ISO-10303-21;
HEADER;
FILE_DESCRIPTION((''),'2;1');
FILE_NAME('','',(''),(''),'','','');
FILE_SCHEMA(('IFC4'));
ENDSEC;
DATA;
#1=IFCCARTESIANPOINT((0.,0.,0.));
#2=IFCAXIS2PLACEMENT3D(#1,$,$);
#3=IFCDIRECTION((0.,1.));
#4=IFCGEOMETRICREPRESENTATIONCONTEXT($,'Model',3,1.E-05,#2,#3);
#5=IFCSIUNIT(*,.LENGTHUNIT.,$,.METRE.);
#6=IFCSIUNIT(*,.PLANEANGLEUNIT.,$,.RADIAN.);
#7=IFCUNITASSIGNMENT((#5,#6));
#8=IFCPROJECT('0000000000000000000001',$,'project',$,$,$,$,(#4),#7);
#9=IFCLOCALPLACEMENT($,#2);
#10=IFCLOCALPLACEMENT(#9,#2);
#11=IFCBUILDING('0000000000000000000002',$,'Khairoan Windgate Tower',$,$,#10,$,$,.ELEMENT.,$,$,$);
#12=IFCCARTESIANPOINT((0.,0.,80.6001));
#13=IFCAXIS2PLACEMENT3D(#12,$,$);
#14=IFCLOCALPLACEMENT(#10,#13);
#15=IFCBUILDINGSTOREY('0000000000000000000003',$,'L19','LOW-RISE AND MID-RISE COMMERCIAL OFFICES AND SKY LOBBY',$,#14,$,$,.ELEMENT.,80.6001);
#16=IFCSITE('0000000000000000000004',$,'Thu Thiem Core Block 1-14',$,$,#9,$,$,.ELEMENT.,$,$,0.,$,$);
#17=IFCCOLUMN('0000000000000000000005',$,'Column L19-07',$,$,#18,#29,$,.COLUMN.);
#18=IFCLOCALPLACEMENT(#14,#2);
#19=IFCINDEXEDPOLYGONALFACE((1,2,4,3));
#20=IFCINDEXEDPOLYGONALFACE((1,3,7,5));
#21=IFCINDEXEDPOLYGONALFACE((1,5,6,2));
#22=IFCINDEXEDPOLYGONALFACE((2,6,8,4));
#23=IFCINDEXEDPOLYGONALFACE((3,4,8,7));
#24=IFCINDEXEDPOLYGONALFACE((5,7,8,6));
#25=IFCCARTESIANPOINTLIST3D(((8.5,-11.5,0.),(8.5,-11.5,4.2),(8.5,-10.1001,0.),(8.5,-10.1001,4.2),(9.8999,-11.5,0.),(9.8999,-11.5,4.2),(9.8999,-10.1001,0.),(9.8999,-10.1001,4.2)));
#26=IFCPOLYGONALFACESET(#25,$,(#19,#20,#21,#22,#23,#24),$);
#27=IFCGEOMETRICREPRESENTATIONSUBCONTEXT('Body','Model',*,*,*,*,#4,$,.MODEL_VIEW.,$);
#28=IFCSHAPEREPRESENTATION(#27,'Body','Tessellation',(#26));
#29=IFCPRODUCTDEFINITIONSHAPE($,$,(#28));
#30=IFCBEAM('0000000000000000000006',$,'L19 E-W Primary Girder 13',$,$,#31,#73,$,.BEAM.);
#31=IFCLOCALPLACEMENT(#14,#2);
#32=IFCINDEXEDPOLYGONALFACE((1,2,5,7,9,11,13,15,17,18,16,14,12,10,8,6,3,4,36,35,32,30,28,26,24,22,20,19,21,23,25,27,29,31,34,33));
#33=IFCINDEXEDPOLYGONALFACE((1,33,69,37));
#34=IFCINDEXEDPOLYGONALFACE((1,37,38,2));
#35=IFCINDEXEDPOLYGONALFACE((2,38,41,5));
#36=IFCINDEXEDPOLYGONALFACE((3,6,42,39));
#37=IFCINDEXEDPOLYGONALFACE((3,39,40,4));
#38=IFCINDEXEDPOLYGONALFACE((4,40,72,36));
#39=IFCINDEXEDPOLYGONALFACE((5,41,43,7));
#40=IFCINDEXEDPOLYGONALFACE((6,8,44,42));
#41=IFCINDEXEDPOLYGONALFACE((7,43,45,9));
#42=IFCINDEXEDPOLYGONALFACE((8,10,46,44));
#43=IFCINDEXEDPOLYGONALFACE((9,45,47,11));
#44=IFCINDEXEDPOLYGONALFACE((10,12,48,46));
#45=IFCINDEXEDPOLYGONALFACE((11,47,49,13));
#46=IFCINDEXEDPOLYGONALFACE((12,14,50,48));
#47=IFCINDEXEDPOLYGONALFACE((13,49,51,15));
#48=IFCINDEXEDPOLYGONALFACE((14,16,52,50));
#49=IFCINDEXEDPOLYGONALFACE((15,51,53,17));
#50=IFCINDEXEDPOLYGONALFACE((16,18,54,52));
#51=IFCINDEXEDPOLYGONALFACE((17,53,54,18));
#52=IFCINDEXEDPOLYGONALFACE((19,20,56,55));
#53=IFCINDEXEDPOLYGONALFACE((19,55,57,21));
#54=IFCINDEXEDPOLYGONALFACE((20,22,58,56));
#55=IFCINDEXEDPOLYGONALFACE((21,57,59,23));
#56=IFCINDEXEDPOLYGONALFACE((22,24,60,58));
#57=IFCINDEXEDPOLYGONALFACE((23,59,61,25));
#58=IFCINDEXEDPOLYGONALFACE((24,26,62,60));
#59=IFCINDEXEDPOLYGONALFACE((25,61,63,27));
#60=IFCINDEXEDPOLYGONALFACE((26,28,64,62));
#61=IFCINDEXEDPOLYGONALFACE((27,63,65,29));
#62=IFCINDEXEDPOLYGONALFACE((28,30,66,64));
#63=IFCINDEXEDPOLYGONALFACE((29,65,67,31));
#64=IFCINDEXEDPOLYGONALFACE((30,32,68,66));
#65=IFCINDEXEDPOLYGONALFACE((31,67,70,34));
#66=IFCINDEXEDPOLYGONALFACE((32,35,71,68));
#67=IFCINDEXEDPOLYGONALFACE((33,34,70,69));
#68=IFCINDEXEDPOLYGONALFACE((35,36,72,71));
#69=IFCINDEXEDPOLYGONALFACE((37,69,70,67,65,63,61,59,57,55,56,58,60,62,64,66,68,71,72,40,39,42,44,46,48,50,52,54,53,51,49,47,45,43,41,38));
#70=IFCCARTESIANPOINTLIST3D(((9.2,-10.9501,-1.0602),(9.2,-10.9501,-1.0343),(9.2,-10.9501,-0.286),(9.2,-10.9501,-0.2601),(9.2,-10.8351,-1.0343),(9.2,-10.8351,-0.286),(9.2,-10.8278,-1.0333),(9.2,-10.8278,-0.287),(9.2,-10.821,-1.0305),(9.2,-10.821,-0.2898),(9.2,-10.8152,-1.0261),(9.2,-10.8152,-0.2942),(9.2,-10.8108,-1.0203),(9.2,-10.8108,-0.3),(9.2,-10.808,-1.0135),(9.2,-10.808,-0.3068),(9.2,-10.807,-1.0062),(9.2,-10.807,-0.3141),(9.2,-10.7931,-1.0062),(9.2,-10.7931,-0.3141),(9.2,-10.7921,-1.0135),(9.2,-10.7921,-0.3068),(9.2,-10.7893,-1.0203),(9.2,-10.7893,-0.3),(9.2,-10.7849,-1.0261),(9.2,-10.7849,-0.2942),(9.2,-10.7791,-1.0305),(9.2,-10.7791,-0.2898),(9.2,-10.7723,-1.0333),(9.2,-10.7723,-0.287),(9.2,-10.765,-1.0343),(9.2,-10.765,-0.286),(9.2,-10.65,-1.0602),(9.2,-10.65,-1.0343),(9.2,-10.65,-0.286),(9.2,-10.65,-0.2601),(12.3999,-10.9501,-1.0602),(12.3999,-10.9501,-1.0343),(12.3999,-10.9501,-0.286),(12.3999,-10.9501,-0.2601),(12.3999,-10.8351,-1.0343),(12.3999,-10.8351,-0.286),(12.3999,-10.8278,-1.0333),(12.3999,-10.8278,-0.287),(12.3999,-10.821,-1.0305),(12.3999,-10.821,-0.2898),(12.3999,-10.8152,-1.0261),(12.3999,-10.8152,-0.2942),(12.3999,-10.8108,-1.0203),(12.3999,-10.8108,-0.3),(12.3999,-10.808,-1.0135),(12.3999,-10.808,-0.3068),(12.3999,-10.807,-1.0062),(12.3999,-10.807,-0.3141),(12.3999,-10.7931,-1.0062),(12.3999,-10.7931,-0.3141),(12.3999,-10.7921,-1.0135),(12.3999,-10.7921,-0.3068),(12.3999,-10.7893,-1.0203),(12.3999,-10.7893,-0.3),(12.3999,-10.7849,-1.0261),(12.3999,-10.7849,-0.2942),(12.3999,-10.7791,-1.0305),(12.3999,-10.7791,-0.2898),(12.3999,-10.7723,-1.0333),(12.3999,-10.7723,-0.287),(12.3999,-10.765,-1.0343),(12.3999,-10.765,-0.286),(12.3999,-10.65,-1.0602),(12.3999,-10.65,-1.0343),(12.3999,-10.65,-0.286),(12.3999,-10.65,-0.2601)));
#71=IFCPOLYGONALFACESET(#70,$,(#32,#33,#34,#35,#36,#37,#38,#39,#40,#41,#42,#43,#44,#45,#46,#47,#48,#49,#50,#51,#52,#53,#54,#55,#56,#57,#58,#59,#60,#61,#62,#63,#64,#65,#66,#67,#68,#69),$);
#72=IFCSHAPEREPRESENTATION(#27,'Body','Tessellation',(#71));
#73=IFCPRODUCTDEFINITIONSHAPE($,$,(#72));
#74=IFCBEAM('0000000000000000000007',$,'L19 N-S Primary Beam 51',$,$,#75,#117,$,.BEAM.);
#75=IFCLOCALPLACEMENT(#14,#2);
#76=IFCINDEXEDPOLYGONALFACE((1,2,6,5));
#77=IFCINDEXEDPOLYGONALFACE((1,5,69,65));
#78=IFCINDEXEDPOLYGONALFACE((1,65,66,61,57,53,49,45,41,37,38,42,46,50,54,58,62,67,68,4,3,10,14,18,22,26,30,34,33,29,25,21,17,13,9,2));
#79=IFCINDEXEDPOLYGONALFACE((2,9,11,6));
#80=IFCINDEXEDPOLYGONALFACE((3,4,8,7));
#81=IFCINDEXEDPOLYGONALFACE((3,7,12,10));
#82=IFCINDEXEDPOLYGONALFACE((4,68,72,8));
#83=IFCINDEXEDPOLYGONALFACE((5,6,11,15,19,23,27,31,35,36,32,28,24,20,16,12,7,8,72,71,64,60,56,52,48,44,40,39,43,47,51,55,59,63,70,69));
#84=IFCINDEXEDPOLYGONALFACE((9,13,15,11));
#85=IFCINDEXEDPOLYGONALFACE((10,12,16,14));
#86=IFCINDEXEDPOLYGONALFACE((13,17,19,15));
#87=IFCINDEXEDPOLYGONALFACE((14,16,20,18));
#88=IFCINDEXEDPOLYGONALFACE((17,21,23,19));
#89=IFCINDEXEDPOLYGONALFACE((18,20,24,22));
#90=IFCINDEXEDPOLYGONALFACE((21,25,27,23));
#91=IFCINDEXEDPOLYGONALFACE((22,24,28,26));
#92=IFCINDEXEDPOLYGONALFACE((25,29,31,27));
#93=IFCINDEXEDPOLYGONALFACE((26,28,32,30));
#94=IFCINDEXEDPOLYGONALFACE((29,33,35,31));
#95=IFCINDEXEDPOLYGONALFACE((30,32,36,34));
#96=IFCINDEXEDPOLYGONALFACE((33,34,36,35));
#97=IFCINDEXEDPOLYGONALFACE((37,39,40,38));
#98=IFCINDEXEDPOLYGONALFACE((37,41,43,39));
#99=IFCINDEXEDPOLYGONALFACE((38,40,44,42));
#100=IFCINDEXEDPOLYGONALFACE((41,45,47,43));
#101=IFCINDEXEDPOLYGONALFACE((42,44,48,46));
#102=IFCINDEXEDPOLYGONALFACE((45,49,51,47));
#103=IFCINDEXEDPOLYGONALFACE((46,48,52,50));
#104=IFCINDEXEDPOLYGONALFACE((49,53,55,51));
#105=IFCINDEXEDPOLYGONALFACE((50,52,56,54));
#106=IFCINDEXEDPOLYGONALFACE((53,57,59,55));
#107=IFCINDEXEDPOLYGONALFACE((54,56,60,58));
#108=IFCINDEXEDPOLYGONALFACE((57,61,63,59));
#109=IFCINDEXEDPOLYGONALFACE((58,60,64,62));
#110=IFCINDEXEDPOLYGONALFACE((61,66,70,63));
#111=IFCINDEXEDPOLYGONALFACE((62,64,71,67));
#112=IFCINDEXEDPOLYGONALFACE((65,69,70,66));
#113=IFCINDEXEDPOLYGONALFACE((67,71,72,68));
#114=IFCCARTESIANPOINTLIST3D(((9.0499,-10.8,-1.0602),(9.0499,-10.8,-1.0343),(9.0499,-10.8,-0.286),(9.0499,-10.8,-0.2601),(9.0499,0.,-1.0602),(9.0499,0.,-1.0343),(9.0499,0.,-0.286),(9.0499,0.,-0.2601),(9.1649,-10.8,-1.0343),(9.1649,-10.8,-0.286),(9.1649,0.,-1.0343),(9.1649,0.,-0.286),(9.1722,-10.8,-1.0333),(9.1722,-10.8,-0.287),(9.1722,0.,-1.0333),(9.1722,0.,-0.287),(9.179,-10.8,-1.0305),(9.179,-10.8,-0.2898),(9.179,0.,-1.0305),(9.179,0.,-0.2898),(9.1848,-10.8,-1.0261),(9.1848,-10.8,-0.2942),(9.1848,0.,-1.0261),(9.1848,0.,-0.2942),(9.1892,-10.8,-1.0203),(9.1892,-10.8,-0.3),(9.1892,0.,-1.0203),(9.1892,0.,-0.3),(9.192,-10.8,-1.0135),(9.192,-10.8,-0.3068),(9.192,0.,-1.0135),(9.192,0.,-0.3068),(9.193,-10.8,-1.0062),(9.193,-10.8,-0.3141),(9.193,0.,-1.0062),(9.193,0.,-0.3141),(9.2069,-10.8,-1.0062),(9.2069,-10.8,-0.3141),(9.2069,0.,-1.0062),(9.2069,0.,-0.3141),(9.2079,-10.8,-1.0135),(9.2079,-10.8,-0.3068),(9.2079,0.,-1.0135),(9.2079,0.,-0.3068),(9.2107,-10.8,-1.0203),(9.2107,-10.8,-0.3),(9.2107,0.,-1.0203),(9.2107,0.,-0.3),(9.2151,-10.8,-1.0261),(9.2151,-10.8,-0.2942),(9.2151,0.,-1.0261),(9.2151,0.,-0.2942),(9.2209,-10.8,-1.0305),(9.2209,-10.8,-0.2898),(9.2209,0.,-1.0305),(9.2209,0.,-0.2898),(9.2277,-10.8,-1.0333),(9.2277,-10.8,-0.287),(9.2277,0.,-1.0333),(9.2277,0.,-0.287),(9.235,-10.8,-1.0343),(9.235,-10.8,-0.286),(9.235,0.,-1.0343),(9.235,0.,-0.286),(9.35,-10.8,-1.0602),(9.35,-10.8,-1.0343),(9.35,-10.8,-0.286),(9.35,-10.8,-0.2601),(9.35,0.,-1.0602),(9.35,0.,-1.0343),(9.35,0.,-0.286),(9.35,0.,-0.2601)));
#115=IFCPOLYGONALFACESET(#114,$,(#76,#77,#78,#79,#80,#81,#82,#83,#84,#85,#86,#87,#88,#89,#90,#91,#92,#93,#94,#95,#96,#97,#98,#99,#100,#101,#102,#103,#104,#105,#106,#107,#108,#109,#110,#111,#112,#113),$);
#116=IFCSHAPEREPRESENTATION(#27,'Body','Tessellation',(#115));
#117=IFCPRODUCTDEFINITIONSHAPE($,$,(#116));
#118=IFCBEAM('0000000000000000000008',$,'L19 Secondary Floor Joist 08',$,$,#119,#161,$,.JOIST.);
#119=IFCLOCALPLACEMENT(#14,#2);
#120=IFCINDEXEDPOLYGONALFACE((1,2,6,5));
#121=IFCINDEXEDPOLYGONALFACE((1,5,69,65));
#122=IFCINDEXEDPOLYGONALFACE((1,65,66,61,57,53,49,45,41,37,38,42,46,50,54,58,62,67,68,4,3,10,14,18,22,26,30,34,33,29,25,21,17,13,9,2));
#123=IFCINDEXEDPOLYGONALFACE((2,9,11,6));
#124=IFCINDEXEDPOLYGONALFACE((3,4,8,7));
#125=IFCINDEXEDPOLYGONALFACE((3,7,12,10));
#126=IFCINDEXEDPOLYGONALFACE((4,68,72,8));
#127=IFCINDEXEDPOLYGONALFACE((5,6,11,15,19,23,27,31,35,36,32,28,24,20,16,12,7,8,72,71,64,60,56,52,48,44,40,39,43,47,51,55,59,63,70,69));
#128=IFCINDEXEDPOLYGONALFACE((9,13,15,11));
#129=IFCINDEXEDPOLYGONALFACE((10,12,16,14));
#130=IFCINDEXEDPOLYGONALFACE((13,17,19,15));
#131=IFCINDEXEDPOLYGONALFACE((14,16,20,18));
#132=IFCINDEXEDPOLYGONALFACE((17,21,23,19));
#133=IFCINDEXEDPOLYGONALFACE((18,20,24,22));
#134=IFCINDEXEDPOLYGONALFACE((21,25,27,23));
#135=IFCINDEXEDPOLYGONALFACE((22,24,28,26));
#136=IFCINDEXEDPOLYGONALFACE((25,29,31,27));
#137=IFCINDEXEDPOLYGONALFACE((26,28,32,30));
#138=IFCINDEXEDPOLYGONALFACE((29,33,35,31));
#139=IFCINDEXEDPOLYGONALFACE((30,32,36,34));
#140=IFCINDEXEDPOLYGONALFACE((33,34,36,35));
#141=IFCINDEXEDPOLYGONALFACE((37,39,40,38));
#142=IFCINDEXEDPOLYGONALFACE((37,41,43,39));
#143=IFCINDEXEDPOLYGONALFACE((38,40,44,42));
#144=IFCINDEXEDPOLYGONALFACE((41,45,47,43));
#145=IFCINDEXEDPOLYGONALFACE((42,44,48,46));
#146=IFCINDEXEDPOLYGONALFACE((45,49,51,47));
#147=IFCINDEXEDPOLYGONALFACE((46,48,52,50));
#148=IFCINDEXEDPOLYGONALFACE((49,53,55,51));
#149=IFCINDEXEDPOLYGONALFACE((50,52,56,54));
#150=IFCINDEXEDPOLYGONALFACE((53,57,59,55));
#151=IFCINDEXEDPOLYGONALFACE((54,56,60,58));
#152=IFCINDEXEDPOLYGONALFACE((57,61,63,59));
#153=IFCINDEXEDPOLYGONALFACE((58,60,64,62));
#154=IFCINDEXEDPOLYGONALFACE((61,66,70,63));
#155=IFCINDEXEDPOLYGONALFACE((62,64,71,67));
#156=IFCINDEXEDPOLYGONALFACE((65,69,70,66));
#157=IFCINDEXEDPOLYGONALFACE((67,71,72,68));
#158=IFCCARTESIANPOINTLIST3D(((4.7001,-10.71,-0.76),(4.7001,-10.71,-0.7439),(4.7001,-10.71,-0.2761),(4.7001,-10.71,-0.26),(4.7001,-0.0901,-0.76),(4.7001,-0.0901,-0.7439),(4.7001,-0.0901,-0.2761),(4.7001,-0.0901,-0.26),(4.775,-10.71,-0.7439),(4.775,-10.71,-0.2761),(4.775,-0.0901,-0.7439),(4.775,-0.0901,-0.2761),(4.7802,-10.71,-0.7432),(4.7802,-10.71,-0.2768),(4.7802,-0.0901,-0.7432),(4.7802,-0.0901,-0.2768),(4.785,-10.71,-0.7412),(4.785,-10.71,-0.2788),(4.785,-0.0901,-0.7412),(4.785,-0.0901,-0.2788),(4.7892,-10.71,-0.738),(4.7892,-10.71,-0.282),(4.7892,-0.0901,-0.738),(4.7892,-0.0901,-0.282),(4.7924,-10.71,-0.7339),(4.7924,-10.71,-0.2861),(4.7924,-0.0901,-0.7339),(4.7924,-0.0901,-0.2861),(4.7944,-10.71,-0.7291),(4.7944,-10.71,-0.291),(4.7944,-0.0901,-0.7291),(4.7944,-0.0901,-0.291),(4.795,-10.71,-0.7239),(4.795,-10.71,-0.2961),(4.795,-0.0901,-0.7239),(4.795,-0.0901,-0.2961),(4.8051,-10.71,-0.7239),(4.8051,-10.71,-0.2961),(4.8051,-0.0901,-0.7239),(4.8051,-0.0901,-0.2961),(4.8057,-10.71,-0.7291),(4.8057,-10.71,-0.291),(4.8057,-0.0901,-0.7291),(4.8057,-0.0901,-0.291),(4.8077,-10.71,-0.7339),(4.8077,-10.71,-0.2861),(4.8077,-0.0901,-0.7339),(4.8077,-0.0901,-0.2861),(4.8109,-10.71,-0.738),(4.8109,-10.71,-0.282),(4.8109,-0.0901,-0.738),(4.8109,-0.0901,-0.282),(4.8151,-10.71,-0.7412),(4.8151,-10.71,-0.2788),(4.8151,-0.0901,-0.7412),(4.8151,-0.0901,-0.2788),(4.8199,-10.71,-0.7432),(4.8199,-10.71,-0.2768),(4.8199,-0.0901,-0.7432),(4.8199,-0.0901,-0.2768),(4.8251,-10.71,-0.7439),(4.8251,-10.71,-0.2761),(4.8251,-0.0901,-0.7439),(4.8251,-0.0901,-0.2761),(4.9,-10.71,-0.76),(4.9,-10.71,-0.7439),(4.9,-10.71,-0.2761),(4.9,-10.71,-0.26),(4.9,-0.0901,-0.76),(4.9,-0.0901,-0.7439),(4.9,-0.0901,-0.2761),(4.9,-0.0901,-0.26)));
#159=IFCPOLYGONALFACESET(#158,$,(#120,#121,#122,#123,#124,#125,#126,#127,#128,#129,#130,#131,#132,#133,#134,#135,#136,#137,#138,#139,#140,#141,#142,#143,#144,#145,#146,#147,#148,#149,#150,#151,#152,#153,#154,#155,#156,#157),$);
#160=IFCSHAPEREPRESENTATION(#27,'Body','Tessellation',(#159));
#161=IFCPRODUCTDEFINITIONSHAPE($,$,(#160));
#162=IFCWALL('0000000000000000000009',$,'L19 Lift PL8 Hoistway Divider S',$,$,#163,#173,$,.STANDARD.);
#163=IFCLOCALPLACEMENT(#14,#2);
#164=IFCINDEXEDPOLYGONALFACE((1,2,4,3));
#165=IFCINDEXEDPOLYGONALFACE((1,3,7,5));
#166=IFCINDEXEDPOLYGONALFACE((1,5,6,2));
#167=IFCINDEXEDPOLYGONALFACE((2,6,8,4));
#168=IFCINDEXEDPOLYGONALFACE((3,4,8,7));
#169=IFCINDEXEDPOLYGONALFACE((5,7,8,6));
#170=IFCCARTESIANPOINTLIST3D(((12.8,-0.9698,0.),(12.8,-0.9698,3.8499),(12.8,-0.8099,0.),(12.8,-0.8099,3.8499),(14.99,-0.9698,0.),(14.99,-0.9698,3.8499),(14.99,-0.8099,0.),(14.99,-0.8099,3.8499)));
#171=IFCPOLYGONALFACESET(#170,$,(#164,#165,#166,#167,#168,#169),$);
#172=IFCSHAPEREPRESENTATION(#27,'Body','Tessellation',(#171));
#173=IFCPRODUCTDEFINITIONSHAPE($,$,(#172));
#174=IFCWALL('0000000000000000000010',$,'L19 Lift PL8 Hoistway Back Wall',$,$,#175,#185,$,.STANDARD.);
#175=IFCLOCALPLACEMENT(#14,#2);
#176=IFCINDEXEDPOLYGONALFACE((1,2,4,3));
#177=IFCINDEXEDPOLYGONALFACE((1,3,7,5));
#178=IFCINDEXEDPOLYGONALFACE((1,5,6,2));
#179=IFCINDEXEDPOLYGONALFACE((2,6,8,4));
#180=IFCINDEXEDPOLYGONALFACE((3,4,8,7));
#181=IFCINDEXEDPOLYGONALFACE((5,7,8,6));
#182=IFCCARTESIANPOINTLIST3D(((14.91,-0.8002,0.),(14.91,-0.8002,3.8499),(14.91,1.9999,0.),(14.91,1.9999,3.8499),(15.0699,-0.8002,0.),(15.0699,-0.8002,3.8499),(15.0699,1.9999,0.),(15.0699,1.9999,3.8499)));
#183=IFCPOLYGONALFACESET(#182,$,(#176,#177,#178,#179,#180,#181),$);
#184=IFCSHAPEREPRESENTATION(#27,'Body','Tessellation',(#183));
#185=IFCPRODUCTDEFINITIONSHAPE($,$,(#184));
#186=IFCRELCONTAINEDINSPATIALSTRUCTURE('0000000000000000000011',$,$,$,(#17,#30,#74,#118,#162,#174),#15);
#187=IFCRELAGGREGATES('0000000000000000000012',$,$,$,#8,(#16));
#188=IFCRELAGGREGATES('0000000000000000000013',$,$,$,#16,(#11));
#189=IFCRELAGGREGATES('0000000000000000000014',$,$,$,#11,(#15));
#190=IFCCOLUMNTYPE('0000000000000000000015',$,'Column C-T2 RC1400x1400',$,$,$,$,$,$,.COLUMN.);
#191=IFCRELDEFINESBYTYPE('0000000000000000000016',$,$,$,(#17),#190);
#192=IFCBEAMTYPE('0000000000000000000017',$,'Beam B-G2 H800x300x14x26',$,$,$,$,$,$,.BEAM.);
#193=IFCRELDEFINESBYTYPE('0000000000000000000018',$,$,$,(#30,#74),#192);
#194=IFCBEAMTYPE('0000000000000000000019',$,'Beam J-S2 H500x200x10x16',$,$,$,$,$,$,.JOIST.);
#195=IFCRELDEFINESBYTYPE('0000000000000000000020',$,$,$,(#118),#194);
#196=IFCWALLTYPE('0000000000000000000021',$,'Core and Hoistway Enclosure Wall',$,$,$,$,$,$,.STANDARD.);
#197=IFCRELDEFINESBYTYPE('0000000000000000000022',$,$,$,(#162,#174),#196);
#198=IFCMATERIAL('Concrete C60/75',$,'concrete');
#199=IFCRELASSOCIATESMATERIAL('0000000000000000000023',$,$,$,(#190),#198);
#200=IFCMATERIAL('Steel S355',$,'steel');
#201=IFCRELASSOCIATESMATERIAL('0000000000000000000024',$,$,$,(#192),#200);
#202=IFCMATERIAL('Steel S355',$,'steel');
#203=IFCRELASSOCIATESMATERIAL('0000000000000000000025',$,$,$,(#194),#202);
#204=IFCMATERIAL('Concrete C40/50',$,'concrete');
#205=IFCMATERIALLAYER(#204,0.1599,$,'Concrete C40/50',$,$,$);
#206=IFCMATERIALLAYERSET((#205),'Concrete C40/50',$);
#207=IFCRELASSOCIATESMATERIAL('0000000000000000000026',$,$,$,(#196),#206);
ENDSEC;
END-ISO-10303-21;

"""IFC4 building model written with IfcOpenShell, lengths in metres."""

from ifc_helpers import new_model, si_unit, direction, frame, frame_2d, origin, origin_2d, place, context, subcontext, project, spatial, rectangle, i_section, extrude, material, layer, layer_set, material_profile, profile_set, type_object, element, save


model = new_model("IFC4")

# Units and contexts
model_context = context("Model", 3, precision=1e-05, world=origin(), true_north=direction((0.0, 1.0)))
body_context = subcontext(model_context, "Body", "Model", "MODEL_VIEW")
ifc_project = project(units=[si_unit("LENGTHUNIT", "METRE"), si_unit("PLANEANGLEUNIT", "RADIAN")], contexts=[model_context])

# Site, building, storey
site_placement = place(None, origin())
site = spatial("IfcSite", under=ifc_project, at=site_placement, Name="Thu Thiem Core Block 1-14", CompositionType="ELEMENT", RefElevation=0.0)
building_placement = place(site_placement, origin())
building = spatial("IfcBuilding", under=site, at=building_placement, Name="Khairoan Windgate Tower", CompositionType="ELEMENT")
storey_placement = place(building_placement, frame((0.0, 0.0, 80.6001)))
storey = spatial("IfcBuildingStorey", under=building, at=storey_placement, Name="L19", Description="LOW-RISE AND MID-RISE COMMERCIAL OFFICES AND SKY LOBBY", CompositionType="ELEMENT", Elevation=80.6001)

# Column
ifc_material_1 = material(Name="Concrete C60/75", Category="concrete")
ifc_material_profile_1 = material_profile(ifc_material_1, rectangle(XDim=1.3999, YDim=1.3999, at=origin_2d()))
ifc_profile_set_1 = profile_set([ifc_material_profile_1], Name="Concrete C60/75")
column_type = type_object("IfcColumnType", Name="Column C-T2 RC1400x1400", PredefinedType="COLUMN", material=ifc_profile_set_1)
column_placement = place(storey_placement, frame((9.2, -10.8, 0.0), z_axis=(0.0, 0.0, 1.0), x_axis=(1.0, 0.0, 0.0)))
element("IfcColumn", 1, at=column_placement, inside=storey, type_object=column_type, Name="Column L19-07", PredefinedType="COLUMN", context=body_context, shape_type="SweptSolid", body=[
    extrude(rectangle(XDim=1.3999, YDim=1.3999, at=origin_2d()), origin(), (0.0, 0.0, 1.0), 4.2),
])

# Beams
ifc_material_2 = material(Name="Steel S355", Category="steel")
ifc_material_profile_2 = material_profile(ifc_material_2, i_section(OverallWidth=0.3, OverallDepth=0.8, WebThickness=0.0139, FlangeThickness=0.0259, FilletRadius=0.0281, at=origin_2d()))
ifc_profile_set_2 = profile_set([ifc_material_profile_2], Name="Steel S355")
beam_type_1 = type_object("IfcBeamType", Name="Beam B-G2 H800x300x14x26", PredefinedType="BEAM", material=ifc_profile_set_2)
beam_1_placement = place(storey_placement, frame((9.2, -10.8, -0.6602), z_axis=(1.0, 0.0, 0.0), x_axis=(0.0, 1.0, 0.0)))
element("IfcBeam", 2, at=beam_1_placement, inside=storey, type_object=beam_type_1, Name="L19 E-W Primary Girder 13", PredefinedType="BEAM", context=body_context, shape_type="SweptSolid", body=[
    extrude(i_section(OverallWidth=0.3, OverallDepth=0.8, WebThickness=0.0139, FlangeThickness=0.0259, FilletRadius=0.0281, at=origin_2d()), origin(), (0.0, 0.0, 1.0), 3.2),
])
beam_2_placement = place(storey_placement, frame((9.2, -10.8, -0.6602), z_axis=(0.0, 1.0, 0.0), x_axis=(-1.0, 0.0, 0.0)))
element("IfcBeam", 3, at=beam_2_placement, inside=storey, type_object=beam_type_1, Name="L19 N-S Primary Beam 51", PredefinedType="BEAM", context=body_context, shape_type="SweptSolid", body=[
    extrude(i_section(OverallWidth=0.3, OverallDepth=0.8, WebThickness=0.0139, FlangeThickness=0.0259, FilletRadius=0.0281, at=origin_2d()), origin(), (0.0, 0.0, 1.0), 10.8),
])
ifc_material_3 = material(Name="Steel S355", Category="steel")
ifc_material_profile_3 = material_profile(ifc_material_3, i_section(OverallWidth=0.2, OverallDepth=0.5, WebThickness=0.01, FlangeThickness=0.0161, FilletRadius=0.02, at=origin_2d()))
ifc_profile_set_3 = profile_set([ifc_material_profile_3], Name="Steel S355")
beam_type_2 = type_object("IfcBeamType", Name="Beam J-S2 H500x200x10x16", PredefinedType="JOIST", material=ifc_profile_set_3)
beam_3_placement = place(storey_placement, frame((4.8, -10.71, -0.51), z_axis=(0.0, 1.0, 0.0), x_axis=(-1.0, 0.0, 0.0)))
element("IfcBeam", 4, at=beam_3_placement, inside=storey, type_object=beam_type_2, Name="L19 Secondary Floor Joist 08", PredefinedType="JOIST", context=body_context, shape_type="SweptSolid", body=[
    extrude(i_section(OverallWidth=0.2, OverallDepth=0.5, WebThickness=0.01, FlangeThickness=0.0161, FilletRadius=0.02, at=origin_2d()), origin(), (0.0, 0.0, 1.0), 10.6199),
])

# Walls
ifc_material_4 = material(Name="Concrete C40/50", Category="concrete")
ifc_layer_1 = layer(ifc_material_4, 0.1599, Name="Concrete C40/50")
ifc_layer_set_1 = layer_set([ifc_layer_1], Name="Concrete C40/50")
wall_type = type_object("IfcWallType", Name="Core and Hoistway Enclosure Wall", PredefinedType="STANDARD", material=ifc_layer_set_1)
wall_1_placement = place(storey_placement, frame((12.8, -0.8899, 0.0), z_axis=(0.0, 0.0, 1.0), x_axis=(1.0, 0.0, 0.0)))
element("IfcWall", 5, at=wall_1_placement, inside=storey, type_object=wall_type, Name="L19 Lift PL8 Hoistway Divider S", PredefinedType="STANDARD", context=body_context, shape_type="SweptSolid", body=[
    extrude(rectangle(XDim=2.1899, YDim=0.1599, at=frame_2d((1.095, 0.0))), origin(), (0.0, 0.0, 1.0), 3.8499),
])
wall_2_placement = place(storey_placement, frame((14.99, -0.8, 0.0), z_axis=(0.0, 0.0, 1.0), x_axis=(0.0, 1.0, 0.0)))
element("IfcWall", 6, at=wall_2_placement, inside=storey, type_object=wall_type, Name="L19 Lift PL8 Hoistway Back Wall", PredefinedType="STANDARD", context=body_context, shape_type="SweptSolid", body=[
    extrude(rectangle(XDim=2.8, YDim=0.1599, at=frame_2d((1.3999, 0.0))), origin(), (0.0, 0.0, 1.0), 3.8499),
])

save(model, "model.ifc")
